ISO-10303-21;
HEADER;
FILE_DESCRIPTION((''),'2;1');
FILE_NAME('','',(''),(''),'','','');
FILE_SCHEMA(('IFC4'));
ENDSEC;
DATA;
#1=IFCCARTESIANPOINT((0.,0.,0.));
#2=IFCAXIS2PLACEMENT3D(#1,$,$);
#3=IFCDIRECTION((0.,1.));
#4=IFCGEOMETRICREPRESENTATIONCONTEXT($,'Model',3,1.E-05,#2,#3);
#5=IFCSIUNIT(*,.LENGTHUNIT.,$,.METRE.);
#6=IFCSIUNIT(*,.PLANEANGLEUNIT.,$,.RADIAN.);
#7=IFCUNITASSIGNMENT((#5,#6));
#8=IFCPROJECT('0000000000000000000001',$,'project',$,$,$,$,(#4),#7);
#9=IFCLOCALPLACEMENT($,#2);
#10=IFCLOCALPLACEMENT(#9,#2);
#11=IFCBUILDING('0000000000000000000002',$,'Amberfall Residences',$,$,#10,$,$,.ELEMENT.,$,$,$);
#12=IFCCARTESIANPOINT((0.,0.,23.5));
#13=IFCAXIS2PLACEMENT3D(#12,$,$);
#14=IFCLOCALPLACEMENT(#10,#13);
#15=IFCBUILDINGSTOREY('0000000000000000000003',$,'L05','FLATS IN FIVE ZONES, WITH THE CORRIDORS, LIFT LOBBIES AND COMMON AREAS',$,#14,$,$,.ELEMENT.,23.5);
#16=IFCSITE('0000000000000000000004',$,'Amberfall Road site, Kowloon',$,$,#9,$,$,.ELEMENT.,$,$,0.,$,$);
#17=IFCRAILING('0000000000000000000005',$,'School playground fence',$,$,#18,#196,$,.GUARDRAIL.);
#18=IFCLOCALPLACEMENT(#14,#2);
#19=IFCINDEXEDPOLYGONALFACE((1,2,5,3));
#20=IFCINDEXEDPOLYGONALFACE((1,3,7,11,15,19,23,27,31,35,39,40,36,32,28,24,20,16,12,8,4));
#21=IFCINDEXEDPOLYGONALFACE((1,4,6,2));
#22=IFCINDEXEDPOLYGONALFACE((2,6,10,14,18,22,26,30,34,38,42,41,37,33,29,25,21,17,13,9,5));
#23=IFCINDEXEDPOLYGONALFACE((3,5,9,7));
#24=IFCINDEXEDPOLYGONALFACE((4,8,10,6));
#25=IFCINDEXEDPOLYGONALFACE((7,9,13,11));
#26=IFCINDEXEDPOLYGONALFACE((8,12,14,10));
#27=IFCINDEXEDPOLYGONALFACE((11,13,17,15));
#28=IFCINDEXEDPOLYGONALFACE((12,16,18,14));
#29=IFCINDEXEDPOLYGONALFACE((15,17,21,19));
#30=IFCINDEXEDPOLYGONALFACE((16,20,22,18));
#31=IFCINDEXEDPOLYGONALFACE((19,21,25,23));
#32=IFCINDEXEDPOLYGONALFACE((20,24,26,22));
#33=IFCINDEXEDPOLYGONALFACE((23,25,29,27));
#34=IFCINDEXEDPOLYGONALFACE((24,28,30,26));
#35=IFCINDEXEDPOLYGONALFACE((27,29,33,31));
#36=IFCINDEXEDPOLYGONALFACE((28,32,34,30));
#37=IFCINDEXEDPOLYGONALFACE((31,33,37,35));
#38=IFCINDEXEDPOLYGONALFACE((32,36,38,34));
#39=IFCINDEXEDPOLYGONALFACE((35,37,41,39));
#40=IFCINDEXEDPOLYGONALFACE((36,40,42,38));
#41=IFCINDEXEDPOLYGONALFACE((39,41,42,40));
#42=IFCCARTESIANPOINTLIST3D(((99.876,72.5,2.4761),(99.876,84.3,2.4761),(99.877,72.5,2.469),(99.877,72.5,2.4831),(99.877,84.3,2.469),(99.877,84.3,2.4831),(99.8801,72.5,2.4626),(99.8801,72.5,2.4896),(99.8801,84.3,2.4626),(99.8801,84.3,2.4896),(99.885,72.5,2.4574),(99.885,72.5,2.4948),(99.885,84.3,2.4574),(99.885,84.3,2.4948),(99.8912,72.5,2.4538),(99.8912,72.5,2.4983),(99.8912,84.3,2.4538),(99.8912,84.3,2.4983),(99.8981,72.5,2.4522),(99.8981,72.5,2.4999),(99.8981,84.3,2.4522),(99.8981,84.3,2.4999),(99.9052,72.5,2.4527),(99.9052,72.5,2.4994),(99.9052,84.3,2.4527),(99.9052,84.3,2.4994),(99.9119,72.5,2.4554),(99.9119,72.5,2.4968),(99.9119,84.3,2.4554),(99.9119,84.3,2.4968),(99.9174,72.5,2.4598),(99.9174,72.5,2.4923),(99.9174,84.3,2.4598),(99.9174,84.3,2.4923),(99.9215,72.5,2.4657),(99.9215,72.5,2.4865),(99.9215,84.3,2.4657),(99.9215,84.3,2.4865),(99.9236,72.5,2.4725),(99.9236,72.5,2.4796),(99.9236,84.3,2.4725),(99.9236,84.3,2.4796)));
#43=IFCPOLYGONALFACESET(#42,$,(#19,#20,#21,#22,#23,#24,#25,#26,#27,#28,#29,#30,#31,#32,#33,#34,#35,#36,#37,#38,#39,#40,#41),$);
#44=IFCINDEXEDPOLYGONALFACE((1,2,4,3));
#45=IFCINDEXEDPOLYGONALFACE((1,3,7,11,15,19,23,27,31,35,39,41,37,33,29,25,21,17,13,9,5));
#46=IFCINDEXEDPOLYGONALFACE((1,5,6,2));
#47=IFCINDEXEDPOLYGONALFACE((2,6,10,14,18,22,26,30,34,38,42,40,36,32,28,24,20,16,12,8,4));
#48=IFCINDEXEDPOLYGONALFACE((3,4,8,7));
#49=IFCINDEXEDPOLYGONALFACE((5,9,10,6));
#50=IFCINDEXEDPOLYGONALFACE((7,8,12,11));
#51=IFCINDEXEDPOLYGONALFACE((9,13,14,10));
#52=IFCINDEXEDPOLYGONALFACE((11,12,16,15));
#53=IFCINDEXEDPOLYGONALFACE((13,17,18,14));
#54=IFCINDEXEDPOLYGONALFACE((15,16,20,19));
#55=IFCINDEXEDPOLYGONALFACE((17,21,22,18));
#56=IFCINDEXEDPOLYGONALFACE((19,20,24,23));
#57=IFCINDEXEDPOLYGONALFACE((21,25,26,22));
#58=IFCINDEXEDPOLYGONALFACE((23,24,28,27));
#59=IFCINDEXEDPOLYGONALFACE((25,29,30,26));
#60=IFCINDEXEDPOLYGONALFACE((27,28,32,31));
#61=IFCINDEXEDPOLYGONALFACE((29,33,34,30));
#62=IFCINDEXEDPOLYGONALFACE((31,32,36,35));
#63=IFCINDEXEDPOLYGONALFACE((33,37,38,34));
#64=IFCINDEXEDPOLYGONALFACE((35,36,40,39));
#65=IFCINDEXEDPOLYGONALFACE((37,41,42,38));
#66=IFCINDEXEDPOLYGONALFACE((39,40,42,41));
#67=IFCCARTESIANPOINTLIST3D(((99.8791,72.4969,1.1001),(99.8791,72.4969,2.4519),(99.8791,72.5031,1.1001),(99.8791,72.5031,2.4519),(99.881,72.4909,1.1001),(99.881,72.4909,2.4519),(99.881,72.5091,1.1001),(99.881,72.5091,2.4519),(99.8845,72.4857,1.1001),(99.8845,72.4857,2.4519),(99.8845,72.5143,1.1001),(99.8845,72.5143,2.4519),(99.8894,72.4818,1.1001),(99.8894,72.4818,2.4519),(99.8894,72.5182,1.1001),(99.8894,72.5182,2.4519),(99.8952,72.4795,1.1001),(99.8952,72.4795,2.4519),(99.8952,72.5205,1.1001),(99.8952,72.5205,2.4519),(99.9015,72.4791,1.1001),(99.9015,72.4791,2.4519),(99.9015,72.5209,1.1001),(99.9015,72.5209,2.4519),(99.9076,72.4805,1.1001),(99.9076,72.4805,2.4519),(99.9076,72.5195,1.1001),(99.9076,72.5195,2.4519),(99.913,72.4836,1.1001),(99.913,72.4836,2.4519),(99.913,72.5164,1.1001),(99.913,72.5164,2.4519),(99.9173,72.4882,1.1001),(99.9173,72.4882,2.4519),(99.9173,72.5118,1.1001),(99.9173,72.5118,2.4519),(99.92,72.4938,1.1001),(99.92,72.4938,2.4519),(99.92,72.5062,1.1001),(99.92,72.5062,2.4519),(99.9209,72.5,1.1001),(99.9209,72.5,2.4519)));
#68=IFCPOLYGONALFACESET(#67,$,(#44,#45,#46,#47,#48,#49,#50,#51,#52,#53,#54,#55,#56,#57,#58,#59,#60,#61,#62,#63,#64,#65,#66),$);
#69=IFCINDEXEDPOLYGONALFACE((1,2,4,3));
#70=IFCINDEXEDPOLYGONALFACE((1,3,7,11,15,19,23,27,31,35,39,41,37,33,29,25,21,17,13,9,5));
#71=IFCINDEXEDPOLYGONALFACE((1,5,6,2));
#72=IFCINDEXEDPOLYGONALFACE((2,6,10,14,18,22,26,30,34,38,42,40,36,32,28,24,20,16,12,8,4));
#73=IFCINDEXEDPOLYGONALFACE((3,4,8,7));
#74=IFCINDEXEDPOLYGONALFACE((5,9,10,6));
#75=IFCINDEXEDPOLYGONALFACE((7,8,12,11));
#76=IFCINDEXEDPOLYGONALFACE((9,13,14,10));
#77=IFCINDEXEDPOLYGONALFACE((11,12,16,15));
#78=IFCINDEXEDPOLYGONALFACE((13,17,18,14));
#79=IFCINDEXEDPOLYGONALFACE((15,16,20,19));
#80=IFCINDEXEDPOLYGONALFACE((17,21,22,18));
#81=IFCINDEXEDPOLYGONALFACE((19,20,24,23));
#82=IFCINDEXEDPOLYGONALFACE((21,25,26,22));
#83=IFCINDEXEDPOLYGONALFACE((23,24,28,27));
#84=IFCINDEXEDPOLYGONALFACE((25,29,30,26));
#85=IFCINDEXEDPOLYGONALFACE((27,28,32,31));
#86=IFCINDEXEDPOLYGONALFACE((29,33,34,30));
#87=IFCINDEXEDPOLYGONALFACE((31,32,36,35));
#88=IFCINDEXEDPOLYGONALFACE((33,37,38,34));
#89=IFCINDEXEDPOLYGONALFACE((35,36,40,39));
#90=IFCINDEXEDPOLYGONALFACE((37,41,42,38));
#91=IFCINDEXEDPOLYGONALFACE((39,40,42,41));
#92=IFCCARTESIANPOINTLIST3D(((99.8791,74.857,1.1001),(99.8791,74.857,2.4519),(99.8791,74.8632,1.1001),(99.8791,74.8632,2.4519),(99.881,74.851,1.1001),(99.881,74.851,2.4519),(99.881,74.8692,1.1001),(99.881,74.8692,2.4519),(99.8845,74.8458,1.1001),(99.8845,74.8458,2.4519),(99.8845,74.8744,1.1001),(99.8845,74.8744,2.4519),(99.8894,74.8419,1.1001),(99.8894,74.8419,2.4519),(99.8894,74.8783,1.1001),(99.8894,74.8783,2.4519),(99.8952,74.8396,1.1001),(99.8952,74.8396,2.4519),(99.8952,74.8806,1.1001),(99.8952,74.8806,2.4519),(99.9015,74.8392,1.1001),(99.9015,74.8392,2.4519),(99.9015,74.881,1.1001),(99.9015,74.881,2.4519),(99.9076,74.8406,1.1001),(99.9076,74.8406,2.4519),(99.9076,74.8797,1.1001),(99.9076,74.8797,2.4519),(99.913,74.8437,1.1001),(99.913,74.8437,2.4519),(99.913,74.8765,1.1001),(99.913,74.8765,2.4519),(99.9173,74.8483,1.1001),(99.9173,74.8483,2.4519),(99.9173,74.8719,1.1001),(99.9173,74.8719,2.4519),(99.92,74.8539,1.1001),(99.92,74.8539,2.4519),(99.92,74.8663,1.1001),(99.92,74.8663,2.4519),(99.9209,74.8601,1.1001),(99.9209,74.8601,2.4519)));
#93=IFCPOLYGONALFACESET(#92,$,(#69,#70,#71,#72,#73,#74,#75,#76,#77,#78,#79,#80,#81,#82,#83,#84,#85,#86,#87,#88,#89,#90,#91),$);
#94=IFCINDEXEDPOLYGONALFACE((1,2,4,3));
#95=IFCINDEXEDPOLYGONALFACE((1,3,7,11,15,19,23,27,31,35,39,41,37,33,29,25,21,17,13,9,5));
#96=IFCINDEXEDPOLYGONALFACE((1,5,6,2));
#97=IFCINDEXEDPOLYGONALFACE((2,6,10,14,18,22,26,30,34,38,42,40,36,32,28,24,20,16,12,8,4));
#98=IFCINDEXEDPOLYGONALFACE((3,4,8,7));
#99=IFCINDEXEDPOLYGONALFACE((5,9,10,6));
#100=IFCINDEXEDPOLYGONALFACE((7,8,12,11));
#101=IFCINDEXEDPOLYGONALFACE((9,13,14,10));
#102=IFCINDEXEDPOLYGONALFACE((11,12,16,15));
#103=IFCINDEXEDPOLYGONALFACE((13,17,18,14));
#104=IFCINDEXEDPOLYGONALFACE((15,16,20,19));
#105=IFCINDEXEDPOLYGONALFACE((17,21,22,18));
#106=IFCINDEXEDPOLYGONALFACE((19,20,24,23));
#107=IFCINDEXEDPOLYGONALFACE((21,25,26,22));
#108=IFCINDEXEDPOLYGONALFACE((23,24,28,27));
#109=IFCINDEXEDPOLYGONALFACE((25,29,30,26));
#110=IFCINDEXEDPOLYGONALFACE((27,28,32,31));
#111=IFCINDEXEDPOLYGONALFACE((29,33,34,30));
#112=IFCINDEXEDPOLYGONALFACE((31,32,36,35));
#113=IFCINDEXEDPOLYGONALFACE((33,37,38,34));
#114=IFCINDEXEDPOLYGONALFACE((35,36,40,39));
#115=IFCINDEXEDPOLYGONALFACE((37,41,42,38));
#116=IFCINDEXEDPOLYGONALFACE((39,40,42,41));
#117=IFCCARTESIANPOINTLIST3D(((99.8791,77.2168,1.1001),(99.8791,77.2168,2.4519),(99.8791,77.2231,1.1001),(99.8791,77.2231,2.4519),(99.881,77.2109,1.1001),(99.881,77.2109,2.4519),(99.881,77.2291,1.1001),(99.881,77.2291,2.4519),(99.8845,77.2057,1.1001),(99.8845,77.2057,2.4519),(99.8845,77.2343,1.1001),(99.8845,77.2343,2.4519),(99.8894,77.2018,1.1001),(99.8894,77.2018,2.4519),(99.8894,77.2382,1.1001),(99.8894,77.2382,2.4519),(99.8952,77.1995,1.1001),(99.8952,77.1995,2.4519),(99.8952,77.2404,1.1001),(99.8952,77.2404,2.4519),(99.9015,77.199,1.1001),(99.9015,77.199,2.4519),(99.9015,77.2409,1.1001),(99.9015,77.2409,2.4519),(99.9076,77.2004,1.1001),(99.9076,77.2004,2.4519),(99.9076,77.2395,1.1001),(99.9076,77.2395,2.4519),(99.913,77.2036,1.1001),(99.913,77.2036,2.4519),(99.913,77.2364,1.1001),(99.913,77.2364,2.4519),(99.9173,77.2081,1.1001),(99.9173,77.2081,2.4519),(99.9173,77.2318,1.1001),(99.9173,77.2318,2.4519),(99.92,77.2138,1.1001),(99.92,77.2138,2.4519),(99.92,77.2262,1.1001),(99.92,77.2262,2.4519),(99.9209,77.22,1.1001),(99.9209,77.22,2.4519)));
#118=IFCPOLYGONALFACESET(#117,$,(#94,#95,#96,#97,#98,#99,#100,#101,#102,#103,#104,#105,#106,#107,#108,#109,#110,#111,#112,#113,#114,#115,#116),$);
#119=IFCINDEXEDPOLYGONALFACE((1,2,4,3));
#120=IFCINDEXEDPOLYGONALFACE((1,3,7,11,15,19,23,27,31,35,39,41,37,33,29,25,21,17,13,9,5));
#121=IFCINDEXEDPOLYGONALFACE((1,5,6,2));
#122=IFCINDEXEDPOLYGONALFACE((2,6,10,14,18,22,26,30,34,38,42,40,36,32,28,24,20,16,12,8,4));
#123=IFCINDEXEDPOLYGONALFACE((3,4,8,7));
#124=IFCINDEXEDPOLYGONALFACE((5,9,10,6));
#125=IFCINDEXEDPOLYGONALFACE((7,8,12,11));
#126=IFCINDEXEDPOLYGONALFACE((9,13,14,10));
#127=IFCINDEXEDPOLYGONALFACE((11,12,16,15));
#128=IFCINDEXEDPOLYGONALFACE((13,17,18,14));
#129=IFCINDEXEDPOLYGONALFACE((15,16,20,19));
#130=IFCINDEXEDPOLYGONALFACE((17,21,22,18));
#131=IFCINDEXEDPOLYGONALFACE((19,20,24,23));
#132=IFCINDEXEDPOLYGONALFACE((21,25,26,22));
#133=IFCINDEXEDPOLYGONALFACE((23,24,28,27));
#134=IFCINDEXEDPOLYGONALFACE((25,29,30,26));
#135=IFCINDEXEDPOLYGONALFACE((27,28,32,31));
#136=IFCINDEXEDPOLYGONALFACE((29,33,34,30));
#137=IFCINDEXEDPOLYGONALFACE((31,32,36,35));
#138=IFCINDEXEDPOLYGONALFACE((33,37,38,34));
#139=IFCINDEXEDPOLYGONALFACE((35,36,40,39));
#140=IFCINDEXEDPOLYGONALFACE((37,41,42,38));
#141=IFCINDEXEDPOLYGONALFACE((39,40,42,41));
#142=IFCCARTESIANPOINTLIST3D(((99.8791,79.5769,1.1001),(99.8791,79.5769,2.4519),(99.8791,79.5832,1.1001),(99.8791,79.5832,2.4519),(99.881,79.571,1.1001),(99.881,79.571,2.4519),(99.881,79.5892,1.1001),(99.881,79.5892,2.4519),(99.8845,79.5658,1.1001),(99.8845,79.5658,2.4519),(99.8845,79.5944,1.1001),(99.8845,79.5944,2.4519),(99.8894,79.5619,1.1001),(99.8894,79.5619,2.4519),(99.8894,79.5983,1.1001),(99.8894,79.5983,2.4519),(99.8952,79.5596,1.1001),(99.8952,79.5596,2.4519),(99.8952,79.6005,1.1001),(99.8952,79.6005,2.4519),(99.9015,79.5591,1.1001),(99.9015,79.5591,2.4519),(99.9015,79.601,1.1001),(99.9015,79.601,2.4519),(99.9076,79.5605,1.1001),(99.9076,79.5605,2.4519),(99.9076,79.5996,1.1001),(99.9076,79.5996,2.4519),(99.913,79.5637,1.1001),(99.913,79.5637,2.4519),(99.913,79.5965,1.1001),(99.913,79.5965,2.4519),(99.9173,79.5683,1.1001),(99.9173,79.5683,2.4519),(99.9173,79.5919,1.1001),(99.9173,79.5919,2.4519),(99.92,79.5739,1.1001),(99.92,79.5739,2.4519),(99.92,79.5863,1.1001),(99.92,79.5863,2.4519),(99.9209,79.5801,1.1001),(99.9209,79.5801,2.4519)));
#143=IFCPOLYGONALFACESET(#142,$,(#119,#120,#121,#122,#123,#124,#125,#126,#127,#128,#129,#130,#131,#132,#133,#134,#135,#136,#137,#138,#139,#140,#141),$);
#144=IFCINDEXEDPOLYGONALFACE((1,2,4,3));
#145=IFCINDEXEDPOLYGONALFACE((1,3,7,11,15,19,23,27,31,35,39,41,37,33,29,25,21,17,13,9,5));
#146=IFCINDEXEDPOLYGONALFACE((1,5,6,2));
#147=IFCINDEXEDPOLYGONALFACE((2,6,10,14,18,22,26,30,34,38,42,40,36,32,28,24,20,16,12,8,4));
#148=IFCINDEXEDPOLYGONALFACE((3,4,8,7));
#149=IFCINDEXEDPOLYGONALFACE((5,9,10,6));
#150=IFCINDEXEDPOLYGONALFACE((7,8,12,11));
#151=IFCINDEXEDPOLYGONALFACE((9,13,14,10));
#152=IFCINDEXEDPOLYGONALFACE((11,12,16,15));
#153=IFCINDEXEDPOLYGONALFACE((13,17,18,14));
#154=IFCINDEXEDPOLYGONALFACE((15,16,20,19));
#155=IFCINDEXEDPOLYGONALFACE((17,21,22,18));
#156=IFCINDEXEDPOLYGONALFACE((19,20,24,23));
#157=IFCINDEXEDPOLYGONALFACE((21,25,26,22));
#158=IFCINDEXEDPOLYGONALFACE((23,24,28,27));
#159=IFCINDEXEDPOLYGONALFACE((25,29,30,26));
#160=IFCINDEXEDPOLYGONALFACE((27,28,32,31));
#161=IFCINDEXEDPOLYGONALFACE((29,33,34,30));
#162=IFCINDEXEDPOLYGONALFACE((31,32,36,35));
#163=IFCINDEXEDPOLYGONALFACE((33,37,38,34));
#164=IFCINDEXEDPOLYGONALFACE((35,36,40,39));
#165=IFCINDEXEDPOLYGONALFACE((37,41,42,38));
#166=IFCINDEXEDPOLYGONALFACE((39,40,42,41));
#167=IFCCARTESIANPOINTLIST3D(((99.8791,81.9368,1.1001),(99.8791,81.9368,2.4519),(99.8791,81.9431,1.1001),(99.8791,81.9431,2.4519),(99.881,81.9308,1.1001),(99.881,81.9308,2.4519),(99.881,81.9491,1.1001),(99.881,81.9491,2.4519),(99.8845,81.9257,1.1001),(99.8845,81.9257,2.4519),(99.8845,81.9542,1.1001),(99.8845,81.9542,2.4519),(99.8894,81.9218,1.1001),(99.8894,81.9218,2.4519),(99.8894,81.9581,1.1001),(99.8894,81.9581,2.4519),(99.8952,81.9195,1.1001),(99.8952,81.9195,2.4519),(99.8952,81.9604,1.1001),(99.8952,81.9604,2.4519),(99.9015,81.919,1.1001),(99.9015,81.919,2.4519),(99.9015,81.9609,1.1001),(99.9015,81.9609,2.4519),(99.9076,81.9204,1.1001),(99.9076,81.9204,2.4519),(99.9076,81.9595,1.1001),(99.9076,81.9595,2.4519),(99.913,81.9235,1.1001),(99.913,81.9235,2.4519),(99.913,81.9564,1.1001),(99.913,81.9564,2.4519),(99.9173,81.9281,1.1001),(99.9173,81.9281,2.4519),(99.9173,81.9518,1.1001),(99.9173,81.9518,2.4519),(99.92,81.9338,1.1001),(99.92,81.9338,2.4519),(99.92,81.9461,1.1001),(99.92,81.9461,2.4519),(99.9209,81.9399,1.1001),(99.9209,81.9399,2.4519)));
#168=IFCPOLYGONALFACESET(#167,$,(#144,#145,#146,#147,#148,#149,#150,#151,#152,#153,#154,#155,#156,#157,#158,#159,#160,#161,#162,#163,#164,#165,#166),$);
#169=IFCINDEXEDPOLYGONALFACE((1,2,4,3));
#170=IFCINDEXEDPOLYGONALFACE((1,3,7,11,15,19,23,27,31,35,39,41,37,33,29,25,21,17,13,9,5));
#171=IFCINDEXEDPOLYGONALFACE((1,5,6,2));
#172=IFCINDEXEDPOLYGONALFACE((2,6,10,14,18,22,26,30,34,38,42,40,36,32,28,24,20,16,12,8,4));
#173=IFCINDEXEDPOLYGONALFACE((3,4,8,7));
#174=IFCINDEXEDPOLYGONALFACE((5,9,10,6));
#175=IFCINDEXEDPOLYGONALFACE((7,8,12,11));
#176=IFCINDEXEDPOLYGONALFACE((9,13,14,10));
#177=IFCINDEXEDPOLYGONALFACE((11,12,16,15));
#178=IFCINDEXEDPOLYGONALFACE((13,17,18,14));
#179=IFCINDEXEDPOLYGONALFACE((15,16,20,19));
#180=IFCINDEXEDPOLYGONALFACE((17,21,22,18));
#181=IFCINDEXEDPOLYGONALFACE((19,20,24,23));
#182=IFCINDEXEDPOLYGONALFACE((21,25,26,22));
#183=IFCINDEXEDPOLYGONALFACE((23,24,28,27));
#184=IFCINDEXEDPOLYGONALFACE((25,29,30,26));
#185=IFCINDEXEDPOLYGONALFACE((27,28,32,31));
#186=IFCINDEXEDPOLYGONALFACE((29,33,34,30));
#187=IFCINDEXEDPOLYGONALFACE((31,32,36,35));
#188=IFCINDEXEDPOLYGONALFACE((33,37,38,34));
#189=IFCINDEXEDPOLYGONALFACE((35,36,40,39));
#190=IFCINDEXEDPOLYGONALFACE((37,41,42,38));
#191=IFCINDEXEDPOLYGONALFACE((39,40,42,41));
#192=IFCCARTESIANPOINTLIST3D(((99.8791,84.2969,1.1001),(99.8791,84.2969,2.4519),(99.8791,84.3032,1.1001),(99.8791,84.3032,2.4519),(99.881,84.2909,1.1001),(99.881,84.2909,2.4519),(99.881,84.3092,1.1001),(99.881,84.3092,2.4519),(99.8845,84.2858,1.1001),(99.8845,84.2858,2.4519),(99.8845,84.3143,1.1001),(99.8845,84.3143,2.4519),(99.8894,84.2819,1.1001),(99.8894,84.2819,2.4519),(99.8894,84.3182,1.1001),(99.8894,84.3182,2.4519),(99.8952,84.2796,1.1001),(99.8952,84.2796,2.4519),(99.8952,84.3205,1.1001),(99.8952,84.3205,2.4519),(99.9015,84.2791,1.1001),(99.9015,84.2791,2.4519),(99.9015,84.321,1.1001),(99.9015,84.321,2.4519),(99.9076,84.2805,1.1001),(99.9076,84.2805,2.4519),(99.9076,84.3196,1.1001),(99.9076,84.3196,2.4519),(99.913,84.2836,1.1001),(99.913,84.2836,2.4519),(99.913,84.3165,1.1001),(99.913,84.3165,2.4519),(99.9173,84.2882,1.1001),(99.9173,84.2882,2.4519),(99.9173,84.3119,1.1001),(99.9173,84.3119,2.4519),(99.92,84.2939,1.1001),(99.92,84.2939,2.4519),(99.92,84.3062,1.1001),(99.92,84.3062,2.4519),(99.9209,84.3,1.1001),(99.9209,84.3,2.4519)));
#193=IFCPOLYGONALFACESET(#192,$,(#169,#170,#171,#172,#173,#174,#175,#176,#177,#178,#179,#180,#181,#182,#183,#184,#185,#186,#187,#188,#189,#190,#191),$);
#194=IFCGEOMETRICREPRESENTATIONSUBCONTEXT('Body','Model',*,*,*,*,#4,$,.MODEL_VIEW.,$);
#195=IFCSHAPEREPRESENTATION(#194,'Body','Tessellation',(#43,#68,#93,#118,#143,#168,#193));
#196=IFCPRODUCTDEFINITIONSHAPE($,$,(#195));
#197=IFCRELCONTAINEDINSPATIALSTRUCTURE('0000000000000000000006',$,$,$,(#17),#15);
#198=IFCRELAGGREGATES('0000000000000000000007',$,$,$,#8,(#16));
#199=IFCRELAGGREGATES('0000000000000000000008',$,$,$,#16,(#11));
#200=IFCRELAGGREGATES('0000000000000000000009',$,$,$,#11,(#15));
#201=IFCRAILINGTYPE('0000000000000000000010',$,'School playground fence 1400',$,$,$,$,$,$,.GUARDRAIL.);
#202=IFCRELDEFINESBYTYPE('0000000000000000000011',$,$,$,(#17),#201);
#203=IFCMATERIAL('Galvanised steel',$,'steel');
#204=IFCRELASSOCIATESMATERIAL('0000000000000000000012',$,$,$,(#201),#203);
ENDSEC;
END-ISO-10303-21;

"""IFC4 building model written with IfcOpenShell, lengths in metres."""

from ifc_helpers import new_model, si_unit, direction, frame, origin, origin_2d, place, context, subcontext, project, spatial, circle, extrude, material, type_object, element, save


model = new_model("IFC4")

# Units and contexts
model_context = context("Model", 3, precision=1e-05, world=origin(), true_north=direction((0.0, 1.0)))
body_context = subcontext(model_context, "Body", "Model", "MODEL_VIEW")
ifc_project = project(units=[si_unit("LENGTHUNIT", "METRE"), si_unit("PLANEANGLEUNIT", "RADIAN")], contexts=[model_context])

# Site, building, storey
site_placement = place(None, origin())
site = spatial("IfcSite", under=ifc_project, at=site_placement, Name="Amberfall Road site, Kowloon", CompositionType="ELEMENT", RefElevation=0.0)
building_placement = place(site_placement, origin())
building = spatial("IfcBuilding", under=site, at=building_placement, Name="Amberfall Residences", CompositionType="ELEMENT")
storey_placement = place(building_placement, frame((0.0, 0.0, 23.5)))
storey = spatial("IfcBuildingStorey", under=building, at=storey_placement, Name="L05", Description="FLATS IN FIVE ZONES, WITH THE CORRIDORS, LIFT LOBBIES AND COMMON AREAS", CompositionType="ELEMENT", Elevation=23.5)

# Railing
ifc_material_1 = material(Name="Galvanised steel", Category="steel")
railing_type_1 = type_object("IfcRailingType", Name="School playground fence 1400", PredefinedType="GUARDRAIL", material=ifc_material_1)
railing_1_placement = place(storey_placement, frame((99.8999, 72.5, 1.1001)))
element("IfcRailing", 1, at=railing_1_placement, inside=storey, type_object=railing_type_1, Name="School playground fence", PredefinedType="GUARDRAIL", context=body_context, shape_type="SweptSolid", body=[
    extrude(circle(Radius=0.0239, at=origin_2d()), frame((0.0, 0.0, 1.376), z_axis=(0.0, 1.0, 0.0), x_axis=(-1.0, 0.0, 0.0)), (0.0, 0.0, 1.0), 11.8),
    extrude(circle(Radius=0.021, at=origin_2d()), origin(), (0.0, 0.0, 1.0), 1.3518),
    extrude(circle(Radius=0.021, at=origin_2d()), frame((0.0, 2.3601, 0.0)), (0.0, 0.0, 1.0), 1.3518),
    extrude(circle(Radius=0.021, at=origin_2d()), frame((0.0, 4.72, 0.0)), (0.0, 0.0, 1.0), 1.3518),
    extrude(circle(Radius=0.021, at=origin_2d()), frame((0.0, 7.0801, 0.0)), (0.0, 0.0, 1.0), 1.3518),
    extrude(circle(Radius=0.021, at=origin_2d()), frame((0.0, 9.4399, 0.0)), (0.0, 0.0, 1.0), 1.3518),
    extrude(circle(Radius=0.021, at=origin_2d()), frame((0.0, 11.8, 0.0)), (0.0, 0.0, 1.0), 1.3518),
])

save(model, "model.ifc")
